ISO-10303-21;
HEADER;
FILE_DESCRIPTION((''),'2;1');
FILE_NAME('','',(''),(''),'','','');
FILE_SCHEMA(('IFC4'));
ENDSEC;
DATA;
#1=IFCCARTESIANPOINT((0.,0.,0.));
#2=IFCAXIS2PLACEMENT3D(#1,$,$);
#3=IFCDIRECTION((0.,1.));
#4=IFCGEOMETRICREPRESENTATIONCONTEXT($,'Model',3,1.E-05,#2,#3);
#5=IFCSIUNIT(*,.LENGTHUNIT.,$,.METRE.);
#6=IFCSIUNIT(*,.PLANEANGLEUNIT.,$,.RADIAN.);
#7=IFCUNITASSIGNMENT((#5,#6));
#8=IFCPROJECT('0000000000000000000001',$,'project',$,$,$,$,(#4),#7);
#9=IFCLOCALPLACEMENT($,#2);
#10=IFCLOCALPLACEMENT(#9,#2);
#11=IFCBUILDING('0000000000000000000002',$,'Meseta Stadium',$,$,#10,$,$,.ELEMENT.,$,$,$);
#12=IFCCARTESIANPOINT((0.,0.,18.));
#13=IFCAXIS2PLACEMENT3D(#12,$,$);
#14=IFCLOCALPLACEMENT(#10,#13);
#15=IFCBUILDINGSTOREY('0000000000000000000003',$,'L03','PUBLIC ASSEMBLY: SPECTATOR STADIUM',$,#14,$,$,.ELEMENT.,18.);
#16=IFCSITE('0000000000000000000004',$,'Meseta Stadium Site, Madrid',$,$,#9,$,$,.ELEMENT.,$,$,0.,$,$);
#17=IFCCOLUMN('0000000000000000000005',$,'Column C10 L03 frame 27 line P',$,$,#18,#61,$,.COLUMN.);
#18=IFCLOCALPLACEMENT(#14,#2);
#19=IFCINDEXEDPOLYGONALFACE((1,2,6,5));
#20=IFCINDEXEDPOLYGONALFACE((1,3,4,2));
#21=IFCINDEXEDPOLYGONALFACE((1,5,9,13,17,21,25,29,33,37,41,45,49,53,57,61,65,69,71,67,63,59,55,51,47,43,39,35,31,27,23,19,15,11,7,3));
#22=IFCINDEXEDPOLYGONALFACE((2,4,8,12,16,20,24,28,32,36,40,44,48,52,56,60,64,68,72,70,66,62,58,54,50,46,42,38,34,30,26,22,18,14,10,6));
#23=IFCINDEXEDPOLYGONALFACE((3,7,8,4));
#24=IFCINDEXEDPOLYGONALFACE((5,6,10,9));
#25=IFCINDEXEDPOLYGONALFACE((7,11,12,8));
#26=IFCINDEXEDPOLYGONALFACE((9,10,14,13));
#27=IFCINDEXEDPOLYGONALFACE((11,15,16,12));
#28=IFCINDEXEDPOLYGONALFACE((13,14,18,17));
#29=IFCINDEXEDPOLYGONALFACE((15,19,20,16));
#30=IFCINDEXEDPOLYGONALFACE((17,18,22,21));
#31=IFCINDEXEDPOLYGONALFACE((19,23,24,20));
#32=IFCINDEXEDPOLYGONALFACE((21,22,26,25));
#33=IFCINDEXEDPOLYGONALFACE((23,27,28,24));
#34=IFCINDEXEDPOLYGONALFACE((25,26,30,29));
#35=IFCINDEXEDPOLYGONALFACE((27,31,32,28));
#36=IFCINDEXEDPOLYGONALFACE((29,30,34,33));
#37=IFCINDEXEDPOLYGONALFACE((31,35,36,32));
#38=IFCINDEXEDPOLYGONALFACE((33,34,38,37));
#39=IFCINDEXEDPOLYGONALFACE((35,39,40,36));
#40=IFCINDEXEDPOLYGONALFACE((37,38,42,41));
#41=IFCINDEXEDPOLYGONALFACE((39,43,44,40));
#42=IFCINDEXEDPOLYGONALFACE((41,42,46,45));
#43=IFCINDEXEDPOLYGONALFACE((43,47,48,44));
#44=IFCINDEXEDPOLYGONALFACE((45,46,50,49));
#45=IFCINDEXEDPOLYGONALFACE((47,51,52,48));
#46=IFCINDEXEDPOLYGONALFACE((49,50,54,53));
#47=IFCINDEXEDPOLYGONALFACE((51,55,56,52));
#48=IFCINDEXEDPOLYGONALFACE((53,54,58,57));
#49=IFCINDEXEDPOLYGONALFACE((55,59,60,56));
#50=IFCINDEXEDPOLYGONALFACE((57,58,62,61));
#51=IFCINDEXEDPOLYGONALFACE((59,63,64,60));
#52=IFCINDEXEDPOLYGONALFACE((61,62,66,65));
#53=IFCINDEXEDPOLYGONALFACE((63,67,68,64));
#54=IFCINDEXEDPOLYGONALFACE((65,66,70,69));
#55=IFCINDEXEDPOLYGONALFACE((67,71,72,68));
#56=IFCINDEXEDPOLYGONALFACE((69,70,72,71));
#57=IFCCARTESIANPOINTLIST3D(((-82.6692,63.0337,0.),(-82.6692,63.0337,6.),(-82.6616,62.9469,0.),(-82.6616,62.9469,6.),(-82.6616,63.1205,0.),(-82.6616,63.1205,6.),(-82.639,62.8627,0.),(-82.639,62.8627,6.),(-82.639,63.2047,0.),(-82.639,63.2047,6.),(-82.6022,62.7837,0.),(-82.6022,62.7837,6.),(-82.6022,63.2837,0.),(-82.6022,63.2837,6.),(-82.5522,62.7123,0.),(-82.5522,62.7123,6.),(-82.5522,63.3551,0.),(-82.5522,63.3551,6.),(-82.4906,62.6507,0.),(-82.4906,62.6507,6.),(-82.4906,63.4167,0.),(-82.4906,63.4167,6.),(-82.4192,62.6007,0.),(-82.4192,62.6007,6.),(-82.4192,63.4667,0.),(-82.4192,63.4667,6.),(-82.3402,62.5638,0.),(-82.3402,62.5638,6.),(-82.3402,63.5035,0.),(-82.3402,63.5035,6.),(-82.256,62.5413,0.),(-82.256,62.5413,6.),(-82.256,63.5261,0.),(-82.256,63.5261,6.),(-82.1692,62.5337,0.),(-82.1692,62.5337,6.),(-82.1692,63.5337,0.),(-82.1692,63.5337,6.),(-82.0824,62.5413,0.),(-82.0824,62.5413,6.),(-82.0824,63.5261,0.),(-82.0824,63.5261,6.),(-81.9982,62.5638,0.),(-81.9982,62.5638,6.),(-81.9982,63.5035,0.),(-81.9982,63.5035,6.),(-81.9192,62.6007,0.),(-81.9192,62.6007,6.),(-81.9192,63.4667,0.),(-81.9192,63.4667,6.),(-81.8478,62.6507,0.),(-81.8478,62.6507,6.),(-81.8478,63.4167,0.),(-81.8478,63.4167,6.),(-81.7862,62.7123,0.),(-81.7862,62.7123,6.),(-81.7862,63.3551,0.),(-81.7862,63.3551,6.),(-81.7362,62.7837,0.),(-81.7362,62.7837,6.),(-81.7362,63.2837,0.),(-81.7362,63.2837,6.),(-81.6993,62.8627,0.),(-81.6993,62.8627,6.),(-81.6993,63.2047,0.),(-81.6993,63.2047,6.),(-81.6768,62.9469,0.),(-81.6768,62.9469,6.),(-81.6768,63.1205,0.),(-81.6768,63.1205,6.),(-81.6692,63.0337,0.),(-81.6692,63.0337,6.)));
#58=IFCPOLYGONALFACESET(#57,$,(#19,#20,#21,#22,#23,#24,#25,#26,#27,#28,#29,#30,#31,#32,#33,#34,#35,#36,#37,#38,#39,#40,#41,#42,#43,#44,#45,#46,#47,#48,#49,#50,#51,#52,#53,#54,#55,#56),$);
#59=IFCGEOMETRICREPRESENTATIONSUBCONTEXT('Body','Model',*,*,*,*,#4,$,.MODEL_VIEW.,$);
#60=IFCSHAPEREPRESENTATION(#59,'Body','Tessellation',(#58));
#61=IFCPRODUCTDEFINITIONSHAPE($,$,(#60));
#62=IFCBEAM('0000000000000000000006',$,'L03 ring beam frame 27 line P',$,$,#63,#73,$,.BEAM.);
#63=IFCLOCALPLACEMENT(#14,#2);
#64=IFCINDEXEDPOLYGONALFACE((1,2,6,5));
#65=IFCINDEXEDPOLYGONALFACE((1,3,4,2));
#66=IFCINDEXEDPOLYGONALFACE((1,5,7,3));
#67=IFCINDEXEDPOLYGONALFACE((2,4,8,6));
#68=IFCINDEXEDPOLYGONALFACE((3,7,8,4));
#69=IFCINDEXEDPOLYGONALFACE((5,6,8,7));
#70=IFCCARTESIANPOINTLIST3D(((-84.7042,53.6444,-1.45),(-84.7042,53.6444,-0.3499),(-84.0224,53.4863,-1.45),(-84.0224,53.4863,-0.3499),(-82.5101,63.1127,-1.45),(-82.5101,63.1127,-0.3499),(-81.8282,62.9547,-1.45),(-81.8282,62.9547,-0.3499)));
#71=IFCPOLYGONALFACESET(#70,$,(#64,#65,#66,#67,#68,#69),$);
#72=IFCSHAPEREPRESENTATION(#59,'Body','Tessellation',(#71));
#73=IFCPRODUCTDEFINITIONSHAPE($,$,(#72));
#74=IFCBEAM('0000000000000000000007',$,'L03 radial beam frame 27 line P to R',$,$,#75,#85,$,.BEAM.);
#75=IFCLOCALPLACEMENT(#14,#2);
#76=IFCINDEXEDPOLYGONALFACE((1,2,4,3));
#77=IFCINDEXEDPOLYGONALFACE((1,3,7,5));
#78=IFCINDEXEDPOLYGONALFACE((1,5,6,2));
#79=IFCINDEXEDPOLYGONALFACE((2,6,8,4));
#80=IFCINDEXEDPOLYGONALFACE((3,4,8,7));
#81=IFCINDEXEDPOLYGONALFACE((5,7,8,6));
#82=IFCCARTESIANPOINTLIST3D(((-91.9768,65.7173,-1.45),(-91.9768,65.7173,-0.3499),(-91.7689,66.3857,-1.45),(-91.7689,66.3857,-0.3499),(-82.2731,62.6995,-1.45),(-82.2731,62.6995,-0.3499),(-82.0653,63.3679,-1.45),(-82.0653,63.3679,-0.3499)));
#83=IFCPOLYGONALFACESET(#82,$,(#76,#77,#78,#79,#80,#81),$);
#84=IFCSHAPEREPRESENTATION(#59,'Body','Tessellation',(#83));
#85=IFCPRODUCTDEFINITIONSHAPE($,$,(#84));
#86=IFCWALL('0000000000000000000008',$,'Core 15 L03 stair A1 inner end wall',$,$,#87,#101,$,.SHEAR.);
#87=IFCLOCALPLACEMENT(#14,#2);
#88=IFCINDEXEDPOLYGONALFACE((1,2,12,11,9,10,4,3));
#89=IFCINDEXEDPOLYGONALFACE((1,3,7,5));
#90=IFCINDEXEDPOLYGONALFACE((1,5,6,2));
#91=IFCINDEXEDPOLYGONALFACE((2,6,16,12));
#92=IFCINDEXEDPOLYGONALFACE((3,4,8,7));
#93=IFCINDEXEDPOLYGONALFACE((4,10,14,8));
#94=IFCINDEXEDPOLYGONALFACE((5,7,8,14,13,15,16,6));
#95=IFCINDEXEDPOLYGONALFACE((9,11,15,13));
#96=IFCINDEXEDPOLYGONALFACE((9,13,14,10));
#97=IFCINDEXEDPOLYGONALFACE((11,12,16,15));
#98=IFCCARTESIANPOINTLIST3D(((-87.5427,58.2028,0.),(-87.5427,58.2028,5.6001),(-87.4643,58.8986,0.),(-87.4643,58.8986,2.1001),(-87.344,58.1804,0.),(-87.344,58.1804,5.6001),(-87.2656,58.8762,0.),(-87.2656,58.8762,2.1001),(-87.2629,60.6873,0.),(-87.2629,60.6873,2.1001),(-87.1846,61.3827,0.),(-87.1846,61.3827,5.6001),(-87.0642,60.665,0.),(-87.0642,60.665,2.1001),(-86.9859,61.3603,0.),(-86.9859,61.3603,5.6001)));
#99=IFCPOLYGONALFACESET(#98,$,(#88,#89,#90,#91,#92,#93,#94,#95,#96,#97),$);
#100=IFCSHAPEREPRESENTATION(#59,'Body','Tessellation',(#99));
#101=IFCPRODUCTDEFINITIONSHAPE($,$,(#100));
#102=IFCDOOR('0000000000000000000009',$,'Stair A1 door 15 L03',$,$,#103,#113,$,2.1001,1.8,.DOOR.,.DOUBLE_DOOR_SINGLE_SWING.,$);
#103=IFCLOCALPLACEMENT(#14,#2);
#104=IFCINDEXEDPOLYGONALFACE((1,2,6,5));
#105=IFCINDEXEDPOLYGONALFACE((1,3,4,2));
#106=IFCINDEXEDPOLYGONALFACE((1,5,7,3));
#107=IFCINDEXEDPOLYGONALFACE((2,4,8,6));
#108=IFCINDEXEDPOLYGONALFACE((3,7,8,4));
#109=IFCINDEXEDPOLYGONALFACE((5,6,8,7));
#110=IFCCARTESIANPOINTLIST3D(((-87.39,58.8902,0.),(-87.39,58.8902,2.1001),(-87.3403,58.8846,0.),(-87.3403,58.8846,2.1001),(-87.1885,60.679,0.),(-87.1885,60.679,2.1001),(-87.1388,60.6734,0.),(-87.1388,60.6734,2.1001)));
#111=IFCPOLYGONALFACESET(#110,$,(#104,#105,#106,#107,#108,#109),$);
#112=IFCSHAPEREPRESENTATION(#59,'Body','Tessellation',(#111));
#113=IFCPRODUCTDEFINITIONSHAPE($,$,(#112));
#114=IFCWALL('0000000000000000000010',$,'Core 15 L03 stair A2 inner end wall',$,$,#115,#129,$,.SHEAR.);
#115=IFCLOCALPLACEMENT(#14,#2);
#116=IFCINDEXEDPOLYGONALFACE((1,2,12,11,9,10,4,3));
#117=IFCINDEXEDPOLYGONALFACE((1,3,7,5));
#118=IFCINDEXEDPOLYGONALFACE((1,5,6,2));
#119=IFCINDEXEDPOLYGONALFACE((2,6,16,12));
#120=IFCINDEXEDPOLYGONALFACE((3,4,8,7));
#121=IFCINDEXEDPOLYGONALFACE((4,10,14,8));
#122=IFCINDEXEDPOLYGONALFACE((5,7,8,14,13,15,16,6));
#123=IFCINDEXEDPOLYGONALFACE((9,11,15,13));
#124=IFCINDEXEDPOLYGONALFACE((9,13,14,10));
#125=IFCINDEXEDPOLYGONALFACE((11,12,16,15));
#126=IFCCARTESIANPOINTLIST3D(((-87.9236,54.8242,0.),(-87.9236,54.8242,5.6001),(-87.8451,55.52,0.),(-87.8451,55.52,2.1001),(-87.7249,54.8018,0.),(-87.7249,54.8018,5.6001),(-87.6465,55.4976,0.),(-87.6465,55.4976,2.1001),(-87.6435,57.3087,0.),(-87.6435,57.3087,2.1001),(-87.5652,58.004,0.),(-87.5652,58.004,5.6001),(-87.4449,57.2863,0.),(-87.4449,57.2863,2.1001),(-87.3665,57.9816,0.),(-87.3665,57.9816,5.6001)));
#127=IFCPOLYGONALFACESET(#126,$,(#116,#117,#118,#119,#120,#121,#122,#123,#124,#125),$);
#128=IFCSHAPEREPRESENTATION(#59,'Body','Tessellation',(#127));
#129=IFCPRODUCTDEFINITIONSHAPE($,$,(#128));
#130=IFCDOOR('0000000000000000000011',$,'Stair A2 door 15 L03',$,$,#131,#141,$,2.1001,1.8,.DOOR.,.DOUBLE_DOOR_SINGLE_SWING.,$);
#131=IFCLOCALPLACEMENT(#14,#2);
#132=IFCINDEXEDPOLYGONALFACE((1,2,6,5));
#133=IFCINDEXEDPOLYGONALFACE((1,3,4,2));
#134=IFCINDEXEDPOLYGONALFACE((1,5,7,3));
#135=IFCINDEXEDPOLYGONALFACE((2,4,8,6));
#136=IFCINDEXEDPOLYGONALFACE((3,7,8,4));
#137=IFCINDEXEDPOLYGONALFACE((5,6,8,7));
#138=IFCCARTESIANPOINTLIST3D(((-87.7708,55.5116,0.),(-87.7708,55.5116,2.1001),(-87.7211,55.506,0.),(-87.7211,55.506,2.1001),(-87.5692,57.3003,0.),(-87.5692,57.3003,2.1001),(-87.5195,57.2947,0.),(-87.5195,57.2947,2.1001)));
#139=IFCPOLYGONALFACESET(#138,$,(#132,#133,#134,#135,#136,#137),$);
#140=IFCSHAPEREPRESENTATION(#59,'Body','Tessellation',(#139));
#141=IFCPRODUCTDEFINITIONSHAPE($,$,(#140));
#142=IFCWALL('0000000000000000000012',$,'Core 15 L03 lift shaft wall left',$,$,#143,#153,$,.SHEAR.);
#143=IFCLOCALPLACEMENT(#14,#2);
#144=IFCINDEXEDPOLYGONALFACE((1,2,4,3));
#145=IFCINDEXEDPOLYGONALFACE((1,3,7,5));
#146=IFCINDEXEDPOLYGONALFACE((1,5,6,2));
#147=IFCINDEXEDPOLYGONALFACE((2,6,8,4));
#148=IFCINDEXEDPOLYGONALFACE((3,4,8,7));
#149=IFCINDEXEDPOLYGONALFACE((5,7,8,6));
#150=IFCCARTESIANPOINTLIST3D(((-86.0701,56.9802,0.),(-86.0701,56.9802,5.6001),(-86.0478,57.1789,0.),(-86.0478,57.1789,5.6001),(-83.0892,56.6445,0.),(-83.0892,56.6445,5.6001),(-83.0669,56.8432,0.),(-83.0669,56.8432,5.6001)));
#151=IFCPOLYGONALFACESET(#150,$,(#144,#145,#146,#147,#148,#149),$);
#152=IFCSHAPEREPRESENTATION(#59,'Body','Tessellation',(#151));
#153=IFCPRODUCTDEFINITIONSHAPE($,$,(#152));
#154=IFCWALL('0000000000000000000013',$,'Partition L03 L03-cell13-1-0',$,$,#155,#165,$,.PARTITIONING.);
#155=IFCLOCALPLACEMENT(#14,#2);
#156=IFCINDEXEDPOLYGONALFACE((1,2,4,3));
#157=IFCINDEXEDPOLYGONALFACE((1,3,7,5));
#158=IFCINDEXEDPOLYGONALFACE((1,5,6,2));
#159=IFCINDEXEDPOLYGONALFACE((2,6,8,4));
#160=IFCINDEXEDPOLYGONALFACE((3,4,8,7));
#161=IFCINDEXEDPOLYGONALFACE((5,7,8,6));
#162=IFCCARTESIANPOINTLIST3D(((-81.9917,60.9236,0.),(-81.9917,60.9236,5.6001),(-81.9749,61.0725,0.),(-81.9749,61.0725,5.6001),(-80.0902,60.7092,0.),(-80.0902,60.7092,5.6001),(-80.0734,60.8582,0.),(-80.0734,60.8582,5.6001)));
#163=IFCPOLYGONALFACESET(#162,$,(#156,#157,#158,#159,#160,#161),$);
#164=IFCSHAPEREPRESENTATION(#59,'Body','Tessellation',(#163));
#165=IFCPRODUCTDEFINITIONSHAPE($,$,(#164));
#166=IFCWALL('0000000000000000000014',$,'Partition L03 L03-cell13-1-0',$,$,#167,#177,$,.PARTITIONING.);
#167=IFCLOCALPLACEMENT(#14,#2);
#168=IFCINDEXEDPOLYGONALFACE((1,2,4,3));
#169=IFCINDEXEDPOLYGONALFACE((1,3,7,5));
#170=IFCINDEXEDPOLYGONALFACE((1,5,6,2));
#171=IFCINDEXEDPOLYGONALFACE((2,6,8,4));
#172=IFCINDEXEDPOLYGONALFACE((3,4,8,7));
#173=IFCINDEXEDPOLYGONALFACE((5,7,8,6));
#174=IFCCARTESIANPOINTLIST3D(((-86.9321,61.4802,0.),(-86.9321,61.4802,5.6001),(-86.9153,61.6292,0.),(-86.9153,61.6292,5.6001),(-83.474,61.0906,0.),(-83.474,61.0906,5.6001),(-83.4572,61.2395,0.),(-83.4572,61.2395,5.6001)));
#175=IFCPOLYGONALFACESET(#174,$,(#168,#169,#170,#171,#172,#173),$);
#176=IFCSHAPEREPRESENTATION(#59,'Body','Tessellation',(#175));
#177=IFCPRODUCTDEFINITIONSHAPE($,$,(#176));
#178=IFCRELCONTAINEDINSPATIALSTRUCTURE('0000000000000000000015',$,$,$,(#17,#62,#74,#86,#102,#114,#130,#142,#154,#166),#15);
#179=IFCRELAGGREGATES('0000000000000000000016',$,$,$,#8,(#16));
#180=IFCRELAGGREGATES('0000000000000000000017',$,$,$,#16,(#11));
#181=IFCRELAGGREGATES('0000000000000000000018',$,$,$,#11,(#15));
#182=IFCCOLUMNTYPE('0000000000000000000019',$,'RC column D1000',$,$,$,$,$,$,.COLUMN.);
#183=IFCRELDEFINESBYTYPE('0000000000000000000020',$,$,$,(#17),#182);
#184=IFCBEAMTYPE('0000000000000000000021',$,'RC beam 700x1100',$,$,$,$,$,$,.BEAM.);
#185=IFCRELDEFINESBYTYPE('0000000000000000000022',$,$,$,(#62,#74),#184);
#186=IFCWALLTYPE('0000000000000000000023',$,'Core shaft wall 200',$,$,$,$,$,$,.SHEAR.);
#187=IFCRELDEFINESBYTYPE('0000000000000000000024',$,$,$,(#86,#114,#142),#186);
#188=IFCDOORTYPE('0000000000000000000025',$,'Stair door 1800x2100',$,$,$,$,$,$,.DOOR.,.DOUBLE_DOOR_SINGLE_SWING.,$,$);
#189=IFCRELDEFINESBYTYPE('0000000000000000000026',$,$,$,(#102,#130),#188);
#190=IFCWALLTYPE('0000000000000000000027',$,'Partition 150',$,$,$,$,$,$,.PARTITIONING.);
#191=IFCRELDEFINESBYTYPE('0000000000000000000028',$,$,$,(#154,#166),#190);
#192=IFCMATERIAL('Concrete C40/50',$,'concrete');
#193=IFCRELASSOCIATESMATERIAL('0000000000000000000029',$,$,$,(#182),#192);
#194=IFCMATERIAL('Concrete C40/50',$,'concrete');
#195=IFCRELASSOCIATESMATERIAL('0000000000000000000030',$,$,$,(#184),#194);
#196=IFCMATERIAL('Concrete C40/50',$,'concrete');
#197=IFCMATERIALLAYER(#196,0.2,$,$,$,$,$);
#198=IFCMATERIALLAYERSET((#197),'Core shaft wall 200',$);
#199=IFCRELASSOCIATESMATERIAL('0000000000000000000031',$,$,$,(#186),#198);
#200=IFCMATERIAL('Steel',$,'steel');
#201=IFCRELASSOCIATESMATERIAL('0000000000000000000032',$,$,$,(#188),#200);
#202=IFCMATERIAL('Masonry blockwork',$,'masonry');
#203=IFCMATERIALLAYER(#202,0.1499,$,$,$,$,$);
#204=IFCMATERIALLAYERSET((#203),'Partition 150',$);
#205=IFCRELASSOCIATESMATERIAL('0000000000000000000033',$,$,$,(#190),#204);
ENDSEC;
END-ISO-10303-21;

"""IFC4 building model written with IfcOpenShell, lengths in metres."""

from ifc_helpers import new_model, si_unit, direction, frame, frame_2d, origin, origin_2d, place, context, subcontext, project, spatial, rectangle, circle, extrude, material, layer, layer_set, material_profile, profile_set, type_object, element, fill, save


model = new_model("IFC4")

# Units and contexts
model_context = context("Model", 3, precision=1e-05, world=origin(), true_north=direction((0.0, 1.0)))
body_context = subcontext(model_context, "Body", "Model", "MODEL_VIEW")
ifc_project = project(units=[si_unit("LENGTHUNIT", "METRE"), si_unit("PLANEANGLEUNIT", "RADIAN")], contexts=[model_context])

# Site, building, storey
site_placement = place(None, origin())
site = spatial("IfcSite", under=ifc_project, at=site_placement, Name="Meseta Stadium Site, Madrid", CompositionType="ELEMENT", RefElevation=0.0)
building_placement = place(site_placement, origin())
building = spatial("IfcBuilding", under=site, at=building_placement, Name="Meseta Stadium", CompositionType="ELEMENT")
storey_placement = place(building_placement, frame((0.0, 0.0, 18.0)))
storey = spatial("IfcBuildingStorey", under=building, at=storey_placement, Name="L03", Description="PUBLIC ASSEMBLY: SPECTATOR STADIUM", CompositionType="ELEMENT", Elevation=18.0)

# Column
ifc_material_1 = material(Name="Concrete C40/50", Category="concrete")
ifc_material_profile_1 = material_profile(ifc_material_1, circle(Radius=0.5, at=origin_2d()), Name="RC D1000")
ifc_profile_set_1 = profile_set([ifc_material_profile_1], Name="Concrete C40/50")
column_type = type_object("IfcColumnType", Name="RC column D1000", PredefinedType="COLUMN", material=ifc_profile_set_1)
column_placement = place(storey_placement, frame((-82.1692, 63.0337, 0.0), z_axis=(0.0, 0.0, 1.0), x_axis=(1.0, 0.0, 0.0)))
element("IfcColumn", 1, at=column_placement, inside=storey, type_object=column_type, Name="Column C10 L03 frame 27 line P", PredefinedType="COLUMN", context=body_context, shape_type="SweptSolid", body=[
    extrude(circle(Radius=0.5, at=origin_2d()), origin(), (0.0, 0.0, 1.0), 6.0),
])

# Beams
ifc_material_2 = material(Name="Concrete C40/50", Category="concrete")
ifc_material_profile_2 = material_profile(ifc_material_2, rectangle(XDim=0.7, YDim=1.1001, at=origin_2d()), Name="RC 700x1100")
ifc_profile_set_2 = profile_set([ifc_material_profile_2], Name="Concrete C40/50")
beam_type = type_object("IfcBeamType", Name="RC beam 700x1100", PredefinedType="BEAM", material=ifc_profile_set_2)
beam_1_placement = place(storey_placement, frame((-82.1692, 63.0337, -0.8999), z_axis=(-0.225749, -0.974185, 0.0), x_axis=(0.974185, -0.225749, 0.0)))
element("IfcBeam", 2, at=beam_1_placement, inside=storey, type_object=beam_type, Name="L03 ring beam frame 27 line P", PredefinedType="BEAM", context=body_context, shape_type="SweptSolid", body=[
    extrude(rectangle(XDim=0.7, YDim=1.1001, at=origin_2d()), origin(), (0.0, 0.0, 1.0), 9.7192),
])
beam_2_placement = place(storey_placement, frame((-82.1692, 63.0337, -0.8999), z_axis=(-0.954887, 0.29697, 0.0), x_axis=(-0.29697, -0.954887, 0.0)))
element("IfcBeam", 3, at=beam_2_placement, inside=storey, type_object=beam_type, Name="L03 radial beam frame 27 line P to R", PredefinedType="BEAM", context=body_context, shape_type="SweptSolid", body=[
    extrude(rectangle(XDim=0.7, YDim=1.1001, at=origin_2d()), origin(), (0.0, 0.0, 1.0), 10.1621),
])

# Walls, openings, doors
ifc_material_3 = material(Name="Concrete C40/50", Category="concrete")
ifc_layer_1 = layer(ifc_material_3, 0.2)
ifc_layer_set_1 = layer_set([ifc_layer_1], Name="Core shaft wall 200")
wall_type_1 = type_object("IfcWallType", Name="Core shaft wall 200", PredefinedType="SHEAR", material=ifc_layer_set_1)
wall_1_placement = place(storey_placement, frame((-87.0852, 61.3716, 0.0), z_axis=(0.0, 0.0, 1.0), x_axis=(-0.111922, -0.993717, 0.0)))
wall_1 = element("IfcWall", 4, at=wall_1_placement, inside=storey, type_object=wall_type_1, Name="Core 15 L03 stair A1 inner end wall", PredefinedType="SHEAR", context=body_context, shape_type="SweptSolid", body=[
    extrude(rectangle(XDim=3.2, YDim=0.2, at=frame_2d((1.6001, 0.0))), origin(), (0.0, 0.0, 1.0), 5.6001),
])
opening_1_placement = place(wall_1_placement, frame((0.7, 0.0, 0.0)))
opening_1 = element("IfcOpeningElement", 5, at=opening_1_placement, cuts=wall_1, PredefinedType="OPENING", context=body_context, shape_type="SweptSolid", body=[
    extrude(rectangle(XDim=1.8, YDim=2.1001, at=frame_2d((0.8999, 1.05))), frame((0.0, 0.1099, 0.0), z_axis=(0.0, -1.0, 0.0), x_axis=(1.0, 0.0, 0.0)), (0.0, 0.0, 1.0), 0.22),
])
ifc_material_4 = material(Name="Steel", Category="steel")
door_type_1 = type_object("IfcDoorType", Name="Stair door 1800x2100", OperationType="DOUBLE_DOOR_SINGLE_SWING", PredefinedType="DOOR", material=ifc_material_4)
door_1_placement = place(opening_1_placement, origin())
door_1 = element("IfcDoor", 6, at=door_1_placement, inside=storey, type_object=door_type_1, Name="Stair A1 door 15 L03", OperationType="DOUBLE_DOOR_SINGLE_SWING", OverallHeight=2.1001, OverallWidth=1.8, PredefinedType="DOOR", context=body_context, shape_type="SweptSolid", body=[
    extrude(rectangle(XDim=1.8, YDim=2.1001, at=frame_2d((0.8999, 1.05))), frame((0.0, 0.0249, 0.0), z_axis=(0.0, -1.0, 0.0), x_axis=(1.0, 0.0, 0.0)), (0.0, 0.0, 1.0), 0.05),
])
fill(opening_1, door_1)
wall_2_placement = place(storey_placement, frame((-87.4658, 57.9929, 0.0), z_axis=(0.0, 0.0, 1.0), x_axis=(-0.111997, -0.993709, 0.0)))
wall_2 = element("IfcWall", 7, at=wall_2_placement, inside=storey, type_object=wall_type_1, Name="Core 15 L03 stair A2 inner end wall", PredefinedType="SHEAR", context=body_context, shape_type="SweptSolid", body=[
    extrude(rectangle(XDim=3.2, YDim=0.2, at=frame_2d((1.6001, 0.0))), origin(), (0.0, 0.0, 1.0), 5.6001),
])
opening_2_placement = place(wall_2_placement, frame((0.7, 0.0, 0.0)))
opening_2 = element("IfcOpeningElement", 8, at=opening_2_placement, cuts=wall_2, PredefinedType="OPENING", context=body_context, shape_type="SweptSolid", body=[
    extrude(rectangle(XDim=1.8, YDim=2.1001, at=frame_2d((0.8999, 1.05))), frame((0.0, 0.1099, 0.0), z_axis=(0.0, -1.0, 0.0), x_axis=(1.0, 0.0, 0.0)), (0.0, 0.0, 1.0), 0.22),
])
door_2_placement = place(opening_2_placement, origin())
door_2 = element("IfcDoor", 9, at=door_2_placement, inside=storey, type_object=door_type_1, Name="Stair A2 door 15 L03", OperationType="DOUBLE_DOOR_SINGLE_SWING", OverallHeight=2.1001, OverallWidth=1.8, PredefinedType="DOOR", context=body_context, shape_type="SweptSolid", body=[
    extrude(rectangle(XDim=1.8, YDim=2.1001, at=frame_2d((0.8999, 1.05))), frame((0.0, 0.0249, 0.0), z_axis=(0.0, -1.0, 0.0), x_axis=(1.0, 0.0, 0.0)), (0.0, 0.0, 1.0), 0.05),
])
fill(opening_2, door_2)

# Walls
wall_3_placement = place(storey_placement, frame((-86.0591, 57.0796, 0.0), z_axis=(0.0, 0.0, 1.0), x_axis=(0.993719, -0.111905, 0.0)))
element("IfcWall", 10, at=wall_3_placement, inside=storey, type_object=wall_type_1, Name="Core 15 L03 lift shaft wall left", PredefinedType="SHEAR", context=body_context, shape_type="SweptSolid", body=[
    extrude(rectangle(XDim=2.9998, YDim=0.2, at=frame_2d((1.5, 0.0))), origin(), (0.0, 0.0, 1.0), 5.6001),
])
ifc_material_5 = material(Name="Masonry blockwork", Category="masonry")
ifc_layer_2 = layer(ifc_material_5, 0.1499)
ifc_layer_set_2 = layer_set([ifc_layer_2], Name="Partition 150")
wall_type_2 = type_object("IfcWallType", Name="Partition 150", PredefinedType="PARTITIONING", material=ifc_layer_set_2)
wall_4_placement = place(storey_placement, frame((-80.0818, 60.7837, 0.0), z_axis=(0.0, 0.0, 1.0), x_axis=(-0.993707, 0.112014, 0.0)))
element("IfcWall", 11, at=wall_4_placement, inside=storey, type_object=wall_type_2, Name="Partition L03 L03-cell13-1-0", PredefinedType="PARTITIONING", context=body_context, shape_type="SweptSolid", body=[
    extrude(rectangle(XDim=1.9136, YDim=0.1499, at=frame_2d((0.9568, 0.0))), origin(), (0.0, 0.0, 1.0), 5.6001),
])
wall_5_placement = place(storey_placement, frame((-83.4656, 61.165, 0.0), z_axis=(0.0, 0.0, 1.0), x_axis=(-0.993711, 0.111971, 0.0)))
element("IfcWall", 12, at=wall_5_placement, inside=storey, type_object=wall_type_2, Name="Partition L03 L03-cell13-1-0", PredefinedType="PARTITIONING", context=body_context, shape_type="SweptSolid", body=[
    extrude(rectangle(XDim=3.48, YDim=0.1499, at=frame_2d((1.74, 0.0))), origin(), (0.0, 0.0, 1.0), 5.6001),
])

save(model, "model.ifc")
